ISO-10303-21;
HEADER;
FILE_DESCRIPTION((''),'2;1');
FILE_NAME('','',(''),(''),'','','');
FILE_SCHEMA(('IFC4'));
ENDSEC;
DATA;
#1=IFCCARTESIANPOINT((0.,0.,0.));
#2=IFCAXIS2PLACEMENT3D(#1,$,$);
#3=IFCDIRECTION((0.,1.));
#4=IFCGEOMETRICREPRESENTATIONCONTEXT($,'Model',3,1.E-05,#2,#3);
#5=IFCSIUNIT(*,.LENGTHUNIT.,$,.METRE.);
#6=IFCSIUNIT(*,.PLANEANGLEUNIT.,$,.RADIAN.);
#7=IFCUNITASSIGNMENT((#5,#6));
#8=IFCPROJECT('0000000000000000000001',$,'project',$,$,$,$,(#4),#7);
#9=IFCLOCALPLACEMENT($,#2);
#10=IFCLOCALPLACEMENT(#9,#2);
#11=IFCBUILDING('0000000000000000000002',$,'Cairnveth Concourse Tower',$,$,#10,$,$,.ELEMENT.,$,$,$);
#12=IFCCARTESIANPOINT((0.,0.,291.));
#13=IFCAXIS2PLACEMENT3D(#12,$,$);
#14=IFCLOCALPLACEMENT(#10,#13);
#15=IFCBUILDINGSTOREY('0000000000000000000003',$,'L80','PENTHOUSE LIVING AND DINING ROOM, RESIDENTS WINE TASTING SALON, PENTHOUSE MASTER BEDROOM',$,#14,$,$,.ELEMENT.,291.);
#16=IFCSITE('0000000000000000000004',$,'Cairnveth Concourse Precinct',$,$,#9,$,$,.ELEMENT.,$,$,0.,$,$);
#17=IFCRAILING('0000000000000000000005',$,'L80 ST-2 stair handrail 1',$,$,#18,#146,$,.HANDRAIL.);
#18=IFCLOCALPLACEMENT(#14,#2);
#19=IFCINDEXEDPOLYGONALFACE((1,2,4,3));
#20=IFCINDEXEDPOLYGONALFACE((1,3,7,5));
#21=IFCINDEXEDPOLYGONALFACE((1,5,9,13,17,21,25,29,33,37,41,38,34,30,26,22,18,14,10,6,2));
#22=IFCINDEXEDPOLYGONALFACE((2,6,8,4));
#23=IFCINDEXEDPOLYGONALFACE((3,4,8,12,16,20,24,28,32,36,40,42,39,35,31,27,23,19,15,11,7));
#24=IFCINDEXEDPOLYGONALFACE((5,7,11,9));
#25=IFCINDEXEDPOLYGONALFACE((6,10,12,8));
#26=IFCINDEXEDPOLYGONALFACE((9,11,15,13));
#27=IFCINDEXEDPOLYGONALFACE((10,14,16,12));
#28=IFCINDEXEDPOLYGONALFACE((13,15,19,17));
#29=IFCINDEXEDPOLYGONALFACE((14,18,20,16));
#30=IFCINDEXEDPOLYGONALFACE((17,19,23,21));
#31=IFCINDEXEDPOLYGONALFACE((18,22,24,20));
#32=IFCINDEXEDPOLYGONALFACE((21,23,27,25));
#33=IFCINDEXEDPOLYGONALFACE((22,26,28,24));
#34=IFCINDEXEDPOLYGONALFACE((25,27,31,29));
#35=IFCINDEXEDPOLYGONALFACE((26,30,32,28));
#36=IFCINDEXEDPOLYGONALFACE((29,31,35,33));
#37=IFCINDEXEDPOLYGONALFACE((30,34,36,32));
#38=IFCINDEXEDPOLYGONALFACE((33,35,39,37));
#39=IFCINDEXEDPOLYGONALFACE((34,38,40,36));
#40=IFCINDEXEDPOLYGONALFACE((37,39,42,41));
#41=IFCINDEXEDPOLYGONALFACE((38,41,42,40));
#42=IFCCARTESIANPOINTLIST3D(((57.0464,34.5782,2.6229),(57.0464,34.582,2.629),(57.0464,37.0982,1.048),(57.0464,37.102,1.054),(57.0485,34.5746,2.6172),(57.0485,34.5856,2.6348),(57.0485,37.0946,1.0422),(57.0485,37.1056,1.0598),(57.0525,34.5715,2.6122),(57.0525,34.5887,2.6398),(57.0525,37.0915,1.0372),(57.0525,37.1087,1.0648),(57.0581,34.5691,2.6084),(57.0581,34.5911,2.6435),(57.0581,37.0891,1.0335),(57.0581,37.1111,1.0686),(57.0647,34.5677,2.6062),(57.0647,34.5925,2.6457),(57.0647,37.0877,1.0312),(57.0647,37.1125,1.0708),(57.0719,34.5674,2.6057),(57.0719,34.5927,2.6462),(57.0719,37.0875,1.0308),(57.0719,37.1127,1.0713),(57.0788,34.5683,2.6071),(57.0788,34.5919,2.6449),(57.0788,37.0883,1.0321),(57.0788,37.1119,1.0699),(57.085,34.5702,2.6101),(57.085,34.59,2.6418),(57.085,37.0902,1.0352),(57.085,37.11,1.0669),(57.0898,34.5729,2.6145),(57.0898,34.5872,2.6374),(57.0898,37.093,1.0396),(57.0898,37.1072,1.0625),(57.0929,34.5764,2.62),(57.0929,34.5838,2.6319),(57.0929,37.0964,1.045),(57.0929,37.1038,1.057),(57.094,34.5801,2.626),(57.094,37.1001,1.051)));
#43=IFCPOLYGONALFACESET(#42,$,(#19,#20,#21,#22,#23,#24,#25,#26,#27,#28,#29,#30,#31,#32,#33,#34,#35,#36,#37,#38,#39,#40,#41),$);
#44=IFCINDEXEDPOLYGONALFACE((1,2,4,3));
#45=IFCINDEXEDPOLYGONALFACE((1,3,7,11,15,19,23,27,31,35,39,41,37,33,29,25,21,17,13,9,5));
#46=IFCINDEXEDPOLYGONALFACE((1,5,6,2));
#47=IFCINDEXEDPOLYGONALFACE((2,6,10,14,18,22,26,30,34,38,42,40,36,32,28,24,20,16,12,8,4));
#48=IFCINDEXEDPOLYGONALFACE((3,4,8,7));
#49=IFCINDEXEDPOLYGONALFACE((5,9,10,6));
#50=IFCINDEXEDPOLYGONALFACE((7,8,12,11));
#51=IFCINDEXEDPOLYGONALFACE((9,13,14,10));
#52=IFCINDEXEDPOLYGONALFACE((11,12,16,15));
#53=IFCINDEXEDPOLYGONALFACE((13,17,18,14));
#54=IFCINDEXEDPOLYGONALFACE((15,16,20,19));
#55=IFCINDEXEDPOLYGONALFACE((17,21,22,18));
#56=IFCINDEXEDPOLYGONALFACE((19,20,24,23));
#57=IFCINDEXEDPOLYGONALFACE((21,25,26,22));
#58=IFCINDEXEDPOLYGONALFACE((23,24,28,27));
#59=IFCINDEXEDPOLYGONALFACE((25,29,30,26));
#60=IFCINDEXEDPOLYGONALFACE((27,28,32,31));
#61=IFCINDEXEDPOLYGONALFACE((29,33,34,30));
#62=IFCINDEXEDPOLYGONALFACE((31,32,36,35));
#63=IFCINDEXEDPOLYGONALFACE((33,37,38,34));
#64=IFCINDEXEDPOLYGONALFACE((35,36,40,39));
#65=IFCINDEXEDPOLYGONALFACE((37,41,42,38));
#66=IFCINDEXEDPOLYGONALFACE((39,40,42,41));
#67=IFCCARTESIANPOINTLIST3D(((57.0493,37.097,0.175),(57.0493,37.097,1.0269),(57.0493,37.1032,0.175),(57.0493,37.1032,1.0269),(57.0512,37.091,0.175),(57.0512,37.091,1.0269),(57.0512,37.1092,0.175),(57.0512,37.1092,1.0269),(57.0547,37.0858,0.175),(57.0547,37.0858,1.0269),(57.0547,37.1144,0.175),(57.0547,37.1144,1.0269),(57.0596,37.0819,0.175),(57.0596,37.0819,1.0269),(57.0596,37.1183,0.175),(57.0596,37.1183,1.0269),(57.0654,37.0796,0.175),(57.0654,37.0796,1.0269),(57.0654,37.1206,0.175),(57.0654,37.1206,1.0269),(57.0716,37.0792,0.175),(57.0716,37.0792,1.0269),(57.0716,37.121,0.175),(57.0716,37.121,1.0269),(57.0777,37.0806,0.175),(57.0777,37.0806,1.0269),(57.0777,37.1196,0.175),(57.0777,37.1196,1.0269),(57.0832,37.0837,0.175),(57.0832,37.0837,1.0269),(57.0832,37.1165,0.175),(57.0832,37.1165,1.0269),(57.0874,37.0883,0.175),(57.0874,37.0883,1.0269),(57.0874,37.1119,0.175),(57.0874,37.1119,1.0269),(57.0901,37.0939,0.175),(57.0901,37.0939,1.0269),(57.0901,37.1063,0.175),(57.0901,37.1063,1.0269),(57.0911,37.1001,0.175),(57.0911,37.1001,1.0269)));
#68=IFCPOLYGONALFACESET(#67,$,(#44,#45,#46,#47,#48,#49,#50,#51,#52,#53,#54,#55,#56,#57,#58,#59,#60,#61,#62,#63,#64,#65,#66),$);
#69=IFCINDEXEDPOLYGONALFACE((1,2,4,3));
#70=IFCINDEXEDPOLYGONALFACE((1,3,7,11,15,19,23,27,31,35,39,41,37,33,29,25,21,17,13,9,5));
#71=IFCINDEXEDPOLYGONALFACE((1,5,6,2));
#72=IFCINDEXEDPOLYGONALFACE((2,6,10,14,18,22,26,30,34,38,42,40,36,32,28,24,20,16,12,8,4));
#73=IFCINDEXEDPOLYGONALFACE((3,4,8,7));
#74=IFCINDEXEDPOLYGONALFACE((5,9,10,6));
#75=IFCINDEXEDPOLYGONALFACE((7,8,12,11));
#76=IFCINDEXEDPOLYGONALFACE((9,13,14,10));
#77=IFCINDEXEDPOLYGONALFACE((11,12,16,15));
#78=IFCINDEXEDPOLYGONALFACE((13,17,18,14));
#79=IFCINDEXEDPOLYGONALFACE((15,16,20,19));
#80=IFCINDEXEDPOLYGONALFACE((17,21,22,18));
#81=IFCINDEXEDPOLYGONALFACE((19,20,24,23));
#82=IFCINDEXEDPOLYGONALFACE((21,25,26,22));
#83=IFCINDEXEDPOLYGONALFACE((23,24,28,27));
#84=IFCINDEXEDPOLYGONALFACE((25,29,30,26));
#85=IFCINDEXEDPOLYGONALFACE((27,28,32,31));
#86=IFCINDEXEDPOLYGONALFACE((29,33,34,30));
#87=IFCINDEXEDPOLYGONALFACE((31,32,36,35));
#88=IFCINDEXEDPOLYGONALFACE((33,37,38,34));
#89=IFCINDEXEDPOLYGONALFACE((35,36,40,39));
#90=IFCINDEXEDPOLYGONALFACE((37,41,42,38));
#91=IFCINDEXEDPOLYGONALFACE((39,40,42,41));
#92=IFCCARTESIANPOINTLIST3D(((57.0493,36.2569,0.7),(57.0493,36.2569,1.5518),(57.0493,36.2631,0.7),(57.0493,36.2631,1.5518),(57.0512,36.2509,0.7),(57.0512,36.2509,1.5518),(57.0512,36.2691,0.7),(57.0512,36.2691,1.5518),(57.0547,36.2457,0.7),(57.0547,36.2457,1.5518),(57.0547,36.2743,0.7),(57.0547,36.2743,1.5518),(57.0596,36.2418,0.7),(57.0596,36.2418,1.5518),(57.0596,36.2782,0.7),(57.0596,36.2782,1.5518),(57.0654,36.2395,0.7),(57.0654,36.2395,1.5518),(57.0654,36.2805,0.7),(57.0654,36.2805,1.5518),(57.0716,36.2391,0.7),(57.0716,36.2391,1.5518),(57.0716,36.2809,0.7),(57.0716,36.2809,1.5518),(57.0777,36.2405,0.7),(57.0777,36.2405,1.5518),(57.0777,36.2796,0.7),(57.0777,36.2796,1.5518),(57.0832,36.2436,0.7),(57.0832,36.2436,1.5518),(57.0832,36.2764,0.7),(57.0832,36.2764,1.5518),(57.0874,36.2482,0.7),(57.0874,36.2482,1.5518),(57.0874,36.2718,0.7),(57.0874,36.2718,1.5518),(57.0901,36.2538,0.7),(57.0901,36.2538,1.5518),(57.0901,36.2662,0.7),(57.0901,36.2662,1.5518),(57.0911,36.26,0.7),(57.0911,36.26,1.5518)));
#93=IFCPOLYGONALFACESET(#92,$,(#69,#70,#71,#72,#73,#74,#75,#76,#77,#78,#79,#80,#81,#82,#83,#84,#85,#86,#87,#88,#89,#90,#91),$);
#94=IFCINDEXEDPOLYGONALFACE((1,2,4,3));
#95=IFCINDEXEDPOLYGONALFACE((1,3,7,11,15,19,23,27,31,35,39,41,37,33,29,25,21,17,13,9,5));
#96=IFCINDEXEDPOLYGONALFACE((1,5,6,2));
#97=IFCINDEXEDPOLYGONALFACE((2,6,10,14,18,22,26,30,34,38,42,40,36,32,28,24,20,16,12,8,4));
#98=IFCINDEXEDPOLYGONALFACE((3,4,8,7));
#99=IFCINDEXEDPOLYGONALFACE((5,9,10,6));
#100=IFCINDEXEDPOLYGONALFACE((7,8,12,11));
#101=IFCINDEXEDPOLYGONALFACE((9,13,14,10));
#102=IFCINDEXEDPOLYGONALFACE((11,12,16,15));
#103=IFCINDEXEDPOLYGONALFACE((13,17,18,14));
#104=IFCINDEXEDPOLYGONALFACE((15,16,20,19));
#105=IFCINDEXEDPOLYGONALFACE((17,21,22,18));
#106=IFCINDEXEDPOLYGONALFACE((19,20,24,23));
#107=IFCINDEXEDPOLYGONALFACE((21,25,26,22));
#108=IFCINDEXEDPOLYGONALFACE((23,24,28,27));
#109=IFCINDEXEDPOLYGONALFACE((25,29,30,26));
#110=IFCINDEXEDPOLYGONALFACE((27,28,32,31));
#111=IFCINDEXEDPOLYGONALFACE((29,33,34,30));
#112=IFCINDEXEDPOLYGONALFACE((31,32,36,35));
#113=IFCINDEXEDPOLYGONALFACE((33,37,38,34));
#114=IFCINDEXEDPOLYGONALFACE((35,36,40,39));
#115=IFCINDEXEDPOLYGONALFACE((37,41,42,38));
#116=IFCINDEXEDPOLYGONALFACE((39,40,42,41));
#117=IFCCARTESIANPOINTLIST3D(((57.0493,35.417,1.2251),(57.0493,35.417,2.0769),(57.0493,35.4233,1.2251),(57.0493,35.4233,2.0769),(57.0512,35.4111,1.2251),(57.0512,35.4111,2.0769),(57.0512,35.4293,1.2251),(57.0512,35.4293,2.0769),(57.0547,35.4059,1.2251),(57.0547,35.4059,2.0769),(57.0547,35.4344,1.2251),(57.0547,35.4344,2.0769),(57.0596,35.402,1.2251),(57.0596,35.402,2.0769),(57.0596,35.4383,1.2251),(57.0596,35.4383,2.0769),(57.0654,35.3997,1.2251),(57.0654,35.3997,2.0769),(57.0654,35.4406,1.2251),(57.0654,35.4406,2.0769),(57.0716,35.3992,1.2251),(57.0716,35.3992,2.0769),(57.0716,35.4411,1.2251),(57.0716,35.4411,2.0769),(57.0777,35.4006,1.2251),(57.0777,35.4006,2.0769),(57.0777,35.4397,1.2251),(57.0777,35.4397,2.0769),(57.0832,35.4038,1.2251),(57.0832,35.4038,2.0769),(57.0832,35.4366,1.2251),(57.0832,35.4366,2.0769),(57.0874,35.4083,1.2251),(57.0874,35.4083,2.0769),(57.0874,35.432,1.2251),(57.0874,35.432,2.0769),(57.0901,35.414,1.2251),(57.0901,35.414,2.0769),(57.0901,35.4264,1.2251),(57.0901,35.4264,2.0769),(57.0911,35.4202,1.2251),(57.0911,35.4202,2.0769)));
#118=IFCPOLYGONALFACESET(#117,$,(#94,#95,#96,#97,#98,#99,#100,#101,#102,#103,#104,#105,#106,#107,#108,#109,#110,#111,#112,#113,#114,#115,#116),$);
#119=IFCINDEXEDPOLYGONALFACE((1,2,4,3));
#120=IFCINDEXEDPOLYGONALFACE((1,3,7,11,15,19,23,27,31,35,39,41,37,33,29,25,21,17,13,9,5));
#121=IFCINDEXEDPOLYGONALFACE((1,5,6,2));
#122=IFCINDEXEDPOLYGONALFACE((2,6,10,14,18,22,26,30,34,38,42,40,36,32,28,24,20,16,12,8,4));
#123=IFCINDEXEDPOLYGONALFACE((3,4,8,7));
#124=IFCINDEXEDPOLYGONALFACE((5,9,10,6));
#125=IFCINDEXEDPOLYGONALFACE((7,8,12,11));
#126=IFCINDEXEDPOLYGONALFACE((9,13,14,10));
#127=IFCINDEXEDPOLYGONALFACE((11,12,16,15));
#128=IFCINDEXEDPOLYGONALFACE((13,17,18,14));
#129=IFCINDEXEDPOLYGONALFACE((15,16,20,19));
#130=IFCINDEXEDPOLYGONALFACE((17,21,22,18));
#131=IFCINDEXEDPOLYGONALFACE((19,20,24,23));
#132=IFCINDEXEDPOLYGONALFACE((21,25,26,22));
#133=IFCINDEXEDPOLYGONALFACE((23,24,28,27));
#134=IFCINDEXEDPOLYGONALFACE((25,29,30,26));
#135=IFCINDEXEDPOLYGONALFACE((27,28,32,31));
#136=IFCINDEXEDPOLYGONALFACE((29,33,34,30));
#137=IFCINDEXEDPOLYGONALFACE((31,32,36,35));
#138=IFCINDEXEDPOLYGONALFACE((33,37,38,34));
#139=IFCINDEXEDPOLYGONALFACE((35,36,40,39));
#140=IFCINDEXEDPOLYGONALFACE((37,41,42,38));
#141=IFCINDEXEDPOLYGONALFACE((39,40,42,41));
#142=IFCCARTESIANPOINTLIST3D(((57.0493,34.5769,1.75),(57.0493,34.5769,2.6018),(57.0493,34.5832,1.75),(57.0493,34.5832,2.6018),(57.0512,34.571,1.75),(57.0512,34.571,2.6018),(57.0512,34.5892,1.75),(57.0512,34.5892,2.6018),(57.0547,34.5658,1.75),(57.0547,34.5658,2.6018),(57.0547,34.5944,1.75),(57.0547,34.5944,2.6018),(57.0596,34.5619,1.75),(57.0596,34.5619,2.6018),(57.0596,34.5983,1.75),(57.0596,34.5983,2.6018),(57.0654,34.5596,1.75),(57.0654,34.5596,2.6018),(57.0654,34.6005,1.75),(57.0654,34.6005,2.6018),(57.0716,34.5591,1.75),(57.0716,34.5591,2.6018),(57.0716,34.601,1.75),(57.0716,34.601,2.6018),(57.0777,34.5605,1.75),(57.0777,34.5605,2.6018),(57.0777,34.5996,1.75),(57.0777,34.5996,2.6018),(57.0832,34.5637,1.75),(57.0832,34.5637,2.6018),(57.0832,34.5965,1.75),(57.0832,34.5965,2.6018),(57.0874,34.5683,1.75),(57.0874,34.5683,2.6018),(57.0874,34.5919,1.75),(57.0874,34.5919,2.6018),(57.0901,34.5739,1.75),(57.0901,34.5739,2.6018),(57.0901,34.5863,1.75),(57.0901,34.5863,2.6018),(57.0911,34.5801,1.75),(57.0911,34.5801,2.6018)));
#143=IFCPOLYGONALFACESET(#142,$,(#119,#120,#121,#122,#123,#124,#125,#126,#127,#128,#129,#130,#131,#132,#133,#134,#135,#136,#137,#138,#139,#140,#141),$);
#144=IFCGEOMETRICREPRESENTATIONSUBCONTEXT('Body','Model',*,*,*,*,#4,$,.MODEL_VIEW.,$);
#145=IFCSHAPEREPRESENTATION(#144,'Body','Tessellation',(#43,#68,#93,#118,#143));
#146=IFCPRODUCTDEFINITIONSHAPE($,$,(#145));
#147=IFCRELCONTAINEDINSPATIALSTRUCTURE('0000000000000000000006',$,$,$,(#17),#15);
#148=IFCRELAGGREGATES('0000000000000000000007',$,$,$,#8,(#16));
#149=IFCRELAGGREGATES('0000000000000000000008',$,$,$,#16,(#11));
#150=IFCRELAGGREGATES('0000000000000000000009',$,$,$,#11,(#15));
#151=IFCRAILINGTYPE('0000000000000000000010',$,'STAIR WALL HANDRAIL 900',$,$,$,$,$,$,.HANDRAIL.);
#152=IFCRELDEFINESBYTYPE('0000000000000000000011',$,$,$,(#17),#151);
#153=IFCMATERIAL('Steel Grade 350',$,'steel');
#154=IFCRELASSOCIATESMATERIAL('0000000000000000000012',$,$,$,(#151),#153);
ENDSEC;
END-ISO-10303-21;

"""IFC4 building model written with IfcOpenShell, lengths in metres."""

from ifc_helpers import new_model, si_unit, direction, frame, origin, origin_2d, place, context, subcontext, project, spatial, circle, extrude, material, type_object, element, save


model = new_model("IFC4")

# Units and contexts
model_context = context("Model", 3, precision=1e-05, world=origin(), true_north=direction((0.0, 1.0)))
body_context = subcontext(model_context, "Body", "Model", "MODEL_VIEW")
ifc_project = project(units=[si_unit("LENGTHUNIT", "METRE"), si_unit("PLANEANGLEUNIT", "RADIAN")], contexts=[model_context])

# Site, building, storey
site_placement = place(None, origin())
site = spatial("IfcSite", under=ifc_project, at=site_placement, Name="Cairnveth Concourse Precinct", CompositionType="ELEMENT", RefElevation=0.0)
building_placement = place(site_placement, origin())
building = spatial("IfcBuilding", under=site, at=building_placement, Name="Cairnveth Concourse Tower", CompositionType="ELEMENT")
storey_placement = place(building_placement, frame((0.0, 0.0, 291.0)))
storey = spatial("IfcBuildingStorey", under=building, at=storey_placement, Name="L80", Description="PENTHOUSE LIVING AND DINING ROOM, RESIDENTS WINE TASTING SALON, PENTHOUSE MASTER BEDROOM", CompositionType="ELEMENT", Elevation=291.0)

# Shared definitions
ifc_material_1 = material(Name="Steel Grade 350", Category="steel")

# Railing
railing_type_1 = type_object("IfcRailingType", Name="STAIR WALL HANDRAIL 900", PredefinedType="HANDRAIL", material=ifc_material_1)
railing_1_placement = place(storey_placement, frame((57.0701, 37.1001, 0.175)))
element("IfcRailing", 1, at=railing_1_placement, inside=storey, type_object=railing_type_1, Name="L80 ST-2 stair handrail 1", PredefinedType="HANDRAIL", context=body_context, shape_type="SweptSolid", body=[
    extrude(circle(Radius=0.0239, at=origin_2d()), frame((0.0, 0.0, 0.876), z_axis=(0.0, -0.848008, 0.529984), x_axis=(1.0, 0.0, 0.0)), (0.0, 0.0, 1.0), 2.9717),
    extrude(circle(Radius=0.021, at=origin_2d()), origin(), (0.0, 0.0, 1.0), 0.8518),
    extrude(circle(Radius=0.021, at=origin_2d()), frame((0.0, -0.8401, 0.5249)), (0.0, 0.0, 1.0), 0.8518),
    extrude(circle(Radius=0.021, at=origin_2d()), frame((0.0, -1.6799, 1.05)), (0.0, 0.0, 1.0), 0.8518),
    extrude(circle(Radius=0.021, at=origin_2d()), frame((0.0, -2.52, 1.575)), (0.0, 0.0, 1.0), 0.8518),
])

save(model, "model.ifc")
